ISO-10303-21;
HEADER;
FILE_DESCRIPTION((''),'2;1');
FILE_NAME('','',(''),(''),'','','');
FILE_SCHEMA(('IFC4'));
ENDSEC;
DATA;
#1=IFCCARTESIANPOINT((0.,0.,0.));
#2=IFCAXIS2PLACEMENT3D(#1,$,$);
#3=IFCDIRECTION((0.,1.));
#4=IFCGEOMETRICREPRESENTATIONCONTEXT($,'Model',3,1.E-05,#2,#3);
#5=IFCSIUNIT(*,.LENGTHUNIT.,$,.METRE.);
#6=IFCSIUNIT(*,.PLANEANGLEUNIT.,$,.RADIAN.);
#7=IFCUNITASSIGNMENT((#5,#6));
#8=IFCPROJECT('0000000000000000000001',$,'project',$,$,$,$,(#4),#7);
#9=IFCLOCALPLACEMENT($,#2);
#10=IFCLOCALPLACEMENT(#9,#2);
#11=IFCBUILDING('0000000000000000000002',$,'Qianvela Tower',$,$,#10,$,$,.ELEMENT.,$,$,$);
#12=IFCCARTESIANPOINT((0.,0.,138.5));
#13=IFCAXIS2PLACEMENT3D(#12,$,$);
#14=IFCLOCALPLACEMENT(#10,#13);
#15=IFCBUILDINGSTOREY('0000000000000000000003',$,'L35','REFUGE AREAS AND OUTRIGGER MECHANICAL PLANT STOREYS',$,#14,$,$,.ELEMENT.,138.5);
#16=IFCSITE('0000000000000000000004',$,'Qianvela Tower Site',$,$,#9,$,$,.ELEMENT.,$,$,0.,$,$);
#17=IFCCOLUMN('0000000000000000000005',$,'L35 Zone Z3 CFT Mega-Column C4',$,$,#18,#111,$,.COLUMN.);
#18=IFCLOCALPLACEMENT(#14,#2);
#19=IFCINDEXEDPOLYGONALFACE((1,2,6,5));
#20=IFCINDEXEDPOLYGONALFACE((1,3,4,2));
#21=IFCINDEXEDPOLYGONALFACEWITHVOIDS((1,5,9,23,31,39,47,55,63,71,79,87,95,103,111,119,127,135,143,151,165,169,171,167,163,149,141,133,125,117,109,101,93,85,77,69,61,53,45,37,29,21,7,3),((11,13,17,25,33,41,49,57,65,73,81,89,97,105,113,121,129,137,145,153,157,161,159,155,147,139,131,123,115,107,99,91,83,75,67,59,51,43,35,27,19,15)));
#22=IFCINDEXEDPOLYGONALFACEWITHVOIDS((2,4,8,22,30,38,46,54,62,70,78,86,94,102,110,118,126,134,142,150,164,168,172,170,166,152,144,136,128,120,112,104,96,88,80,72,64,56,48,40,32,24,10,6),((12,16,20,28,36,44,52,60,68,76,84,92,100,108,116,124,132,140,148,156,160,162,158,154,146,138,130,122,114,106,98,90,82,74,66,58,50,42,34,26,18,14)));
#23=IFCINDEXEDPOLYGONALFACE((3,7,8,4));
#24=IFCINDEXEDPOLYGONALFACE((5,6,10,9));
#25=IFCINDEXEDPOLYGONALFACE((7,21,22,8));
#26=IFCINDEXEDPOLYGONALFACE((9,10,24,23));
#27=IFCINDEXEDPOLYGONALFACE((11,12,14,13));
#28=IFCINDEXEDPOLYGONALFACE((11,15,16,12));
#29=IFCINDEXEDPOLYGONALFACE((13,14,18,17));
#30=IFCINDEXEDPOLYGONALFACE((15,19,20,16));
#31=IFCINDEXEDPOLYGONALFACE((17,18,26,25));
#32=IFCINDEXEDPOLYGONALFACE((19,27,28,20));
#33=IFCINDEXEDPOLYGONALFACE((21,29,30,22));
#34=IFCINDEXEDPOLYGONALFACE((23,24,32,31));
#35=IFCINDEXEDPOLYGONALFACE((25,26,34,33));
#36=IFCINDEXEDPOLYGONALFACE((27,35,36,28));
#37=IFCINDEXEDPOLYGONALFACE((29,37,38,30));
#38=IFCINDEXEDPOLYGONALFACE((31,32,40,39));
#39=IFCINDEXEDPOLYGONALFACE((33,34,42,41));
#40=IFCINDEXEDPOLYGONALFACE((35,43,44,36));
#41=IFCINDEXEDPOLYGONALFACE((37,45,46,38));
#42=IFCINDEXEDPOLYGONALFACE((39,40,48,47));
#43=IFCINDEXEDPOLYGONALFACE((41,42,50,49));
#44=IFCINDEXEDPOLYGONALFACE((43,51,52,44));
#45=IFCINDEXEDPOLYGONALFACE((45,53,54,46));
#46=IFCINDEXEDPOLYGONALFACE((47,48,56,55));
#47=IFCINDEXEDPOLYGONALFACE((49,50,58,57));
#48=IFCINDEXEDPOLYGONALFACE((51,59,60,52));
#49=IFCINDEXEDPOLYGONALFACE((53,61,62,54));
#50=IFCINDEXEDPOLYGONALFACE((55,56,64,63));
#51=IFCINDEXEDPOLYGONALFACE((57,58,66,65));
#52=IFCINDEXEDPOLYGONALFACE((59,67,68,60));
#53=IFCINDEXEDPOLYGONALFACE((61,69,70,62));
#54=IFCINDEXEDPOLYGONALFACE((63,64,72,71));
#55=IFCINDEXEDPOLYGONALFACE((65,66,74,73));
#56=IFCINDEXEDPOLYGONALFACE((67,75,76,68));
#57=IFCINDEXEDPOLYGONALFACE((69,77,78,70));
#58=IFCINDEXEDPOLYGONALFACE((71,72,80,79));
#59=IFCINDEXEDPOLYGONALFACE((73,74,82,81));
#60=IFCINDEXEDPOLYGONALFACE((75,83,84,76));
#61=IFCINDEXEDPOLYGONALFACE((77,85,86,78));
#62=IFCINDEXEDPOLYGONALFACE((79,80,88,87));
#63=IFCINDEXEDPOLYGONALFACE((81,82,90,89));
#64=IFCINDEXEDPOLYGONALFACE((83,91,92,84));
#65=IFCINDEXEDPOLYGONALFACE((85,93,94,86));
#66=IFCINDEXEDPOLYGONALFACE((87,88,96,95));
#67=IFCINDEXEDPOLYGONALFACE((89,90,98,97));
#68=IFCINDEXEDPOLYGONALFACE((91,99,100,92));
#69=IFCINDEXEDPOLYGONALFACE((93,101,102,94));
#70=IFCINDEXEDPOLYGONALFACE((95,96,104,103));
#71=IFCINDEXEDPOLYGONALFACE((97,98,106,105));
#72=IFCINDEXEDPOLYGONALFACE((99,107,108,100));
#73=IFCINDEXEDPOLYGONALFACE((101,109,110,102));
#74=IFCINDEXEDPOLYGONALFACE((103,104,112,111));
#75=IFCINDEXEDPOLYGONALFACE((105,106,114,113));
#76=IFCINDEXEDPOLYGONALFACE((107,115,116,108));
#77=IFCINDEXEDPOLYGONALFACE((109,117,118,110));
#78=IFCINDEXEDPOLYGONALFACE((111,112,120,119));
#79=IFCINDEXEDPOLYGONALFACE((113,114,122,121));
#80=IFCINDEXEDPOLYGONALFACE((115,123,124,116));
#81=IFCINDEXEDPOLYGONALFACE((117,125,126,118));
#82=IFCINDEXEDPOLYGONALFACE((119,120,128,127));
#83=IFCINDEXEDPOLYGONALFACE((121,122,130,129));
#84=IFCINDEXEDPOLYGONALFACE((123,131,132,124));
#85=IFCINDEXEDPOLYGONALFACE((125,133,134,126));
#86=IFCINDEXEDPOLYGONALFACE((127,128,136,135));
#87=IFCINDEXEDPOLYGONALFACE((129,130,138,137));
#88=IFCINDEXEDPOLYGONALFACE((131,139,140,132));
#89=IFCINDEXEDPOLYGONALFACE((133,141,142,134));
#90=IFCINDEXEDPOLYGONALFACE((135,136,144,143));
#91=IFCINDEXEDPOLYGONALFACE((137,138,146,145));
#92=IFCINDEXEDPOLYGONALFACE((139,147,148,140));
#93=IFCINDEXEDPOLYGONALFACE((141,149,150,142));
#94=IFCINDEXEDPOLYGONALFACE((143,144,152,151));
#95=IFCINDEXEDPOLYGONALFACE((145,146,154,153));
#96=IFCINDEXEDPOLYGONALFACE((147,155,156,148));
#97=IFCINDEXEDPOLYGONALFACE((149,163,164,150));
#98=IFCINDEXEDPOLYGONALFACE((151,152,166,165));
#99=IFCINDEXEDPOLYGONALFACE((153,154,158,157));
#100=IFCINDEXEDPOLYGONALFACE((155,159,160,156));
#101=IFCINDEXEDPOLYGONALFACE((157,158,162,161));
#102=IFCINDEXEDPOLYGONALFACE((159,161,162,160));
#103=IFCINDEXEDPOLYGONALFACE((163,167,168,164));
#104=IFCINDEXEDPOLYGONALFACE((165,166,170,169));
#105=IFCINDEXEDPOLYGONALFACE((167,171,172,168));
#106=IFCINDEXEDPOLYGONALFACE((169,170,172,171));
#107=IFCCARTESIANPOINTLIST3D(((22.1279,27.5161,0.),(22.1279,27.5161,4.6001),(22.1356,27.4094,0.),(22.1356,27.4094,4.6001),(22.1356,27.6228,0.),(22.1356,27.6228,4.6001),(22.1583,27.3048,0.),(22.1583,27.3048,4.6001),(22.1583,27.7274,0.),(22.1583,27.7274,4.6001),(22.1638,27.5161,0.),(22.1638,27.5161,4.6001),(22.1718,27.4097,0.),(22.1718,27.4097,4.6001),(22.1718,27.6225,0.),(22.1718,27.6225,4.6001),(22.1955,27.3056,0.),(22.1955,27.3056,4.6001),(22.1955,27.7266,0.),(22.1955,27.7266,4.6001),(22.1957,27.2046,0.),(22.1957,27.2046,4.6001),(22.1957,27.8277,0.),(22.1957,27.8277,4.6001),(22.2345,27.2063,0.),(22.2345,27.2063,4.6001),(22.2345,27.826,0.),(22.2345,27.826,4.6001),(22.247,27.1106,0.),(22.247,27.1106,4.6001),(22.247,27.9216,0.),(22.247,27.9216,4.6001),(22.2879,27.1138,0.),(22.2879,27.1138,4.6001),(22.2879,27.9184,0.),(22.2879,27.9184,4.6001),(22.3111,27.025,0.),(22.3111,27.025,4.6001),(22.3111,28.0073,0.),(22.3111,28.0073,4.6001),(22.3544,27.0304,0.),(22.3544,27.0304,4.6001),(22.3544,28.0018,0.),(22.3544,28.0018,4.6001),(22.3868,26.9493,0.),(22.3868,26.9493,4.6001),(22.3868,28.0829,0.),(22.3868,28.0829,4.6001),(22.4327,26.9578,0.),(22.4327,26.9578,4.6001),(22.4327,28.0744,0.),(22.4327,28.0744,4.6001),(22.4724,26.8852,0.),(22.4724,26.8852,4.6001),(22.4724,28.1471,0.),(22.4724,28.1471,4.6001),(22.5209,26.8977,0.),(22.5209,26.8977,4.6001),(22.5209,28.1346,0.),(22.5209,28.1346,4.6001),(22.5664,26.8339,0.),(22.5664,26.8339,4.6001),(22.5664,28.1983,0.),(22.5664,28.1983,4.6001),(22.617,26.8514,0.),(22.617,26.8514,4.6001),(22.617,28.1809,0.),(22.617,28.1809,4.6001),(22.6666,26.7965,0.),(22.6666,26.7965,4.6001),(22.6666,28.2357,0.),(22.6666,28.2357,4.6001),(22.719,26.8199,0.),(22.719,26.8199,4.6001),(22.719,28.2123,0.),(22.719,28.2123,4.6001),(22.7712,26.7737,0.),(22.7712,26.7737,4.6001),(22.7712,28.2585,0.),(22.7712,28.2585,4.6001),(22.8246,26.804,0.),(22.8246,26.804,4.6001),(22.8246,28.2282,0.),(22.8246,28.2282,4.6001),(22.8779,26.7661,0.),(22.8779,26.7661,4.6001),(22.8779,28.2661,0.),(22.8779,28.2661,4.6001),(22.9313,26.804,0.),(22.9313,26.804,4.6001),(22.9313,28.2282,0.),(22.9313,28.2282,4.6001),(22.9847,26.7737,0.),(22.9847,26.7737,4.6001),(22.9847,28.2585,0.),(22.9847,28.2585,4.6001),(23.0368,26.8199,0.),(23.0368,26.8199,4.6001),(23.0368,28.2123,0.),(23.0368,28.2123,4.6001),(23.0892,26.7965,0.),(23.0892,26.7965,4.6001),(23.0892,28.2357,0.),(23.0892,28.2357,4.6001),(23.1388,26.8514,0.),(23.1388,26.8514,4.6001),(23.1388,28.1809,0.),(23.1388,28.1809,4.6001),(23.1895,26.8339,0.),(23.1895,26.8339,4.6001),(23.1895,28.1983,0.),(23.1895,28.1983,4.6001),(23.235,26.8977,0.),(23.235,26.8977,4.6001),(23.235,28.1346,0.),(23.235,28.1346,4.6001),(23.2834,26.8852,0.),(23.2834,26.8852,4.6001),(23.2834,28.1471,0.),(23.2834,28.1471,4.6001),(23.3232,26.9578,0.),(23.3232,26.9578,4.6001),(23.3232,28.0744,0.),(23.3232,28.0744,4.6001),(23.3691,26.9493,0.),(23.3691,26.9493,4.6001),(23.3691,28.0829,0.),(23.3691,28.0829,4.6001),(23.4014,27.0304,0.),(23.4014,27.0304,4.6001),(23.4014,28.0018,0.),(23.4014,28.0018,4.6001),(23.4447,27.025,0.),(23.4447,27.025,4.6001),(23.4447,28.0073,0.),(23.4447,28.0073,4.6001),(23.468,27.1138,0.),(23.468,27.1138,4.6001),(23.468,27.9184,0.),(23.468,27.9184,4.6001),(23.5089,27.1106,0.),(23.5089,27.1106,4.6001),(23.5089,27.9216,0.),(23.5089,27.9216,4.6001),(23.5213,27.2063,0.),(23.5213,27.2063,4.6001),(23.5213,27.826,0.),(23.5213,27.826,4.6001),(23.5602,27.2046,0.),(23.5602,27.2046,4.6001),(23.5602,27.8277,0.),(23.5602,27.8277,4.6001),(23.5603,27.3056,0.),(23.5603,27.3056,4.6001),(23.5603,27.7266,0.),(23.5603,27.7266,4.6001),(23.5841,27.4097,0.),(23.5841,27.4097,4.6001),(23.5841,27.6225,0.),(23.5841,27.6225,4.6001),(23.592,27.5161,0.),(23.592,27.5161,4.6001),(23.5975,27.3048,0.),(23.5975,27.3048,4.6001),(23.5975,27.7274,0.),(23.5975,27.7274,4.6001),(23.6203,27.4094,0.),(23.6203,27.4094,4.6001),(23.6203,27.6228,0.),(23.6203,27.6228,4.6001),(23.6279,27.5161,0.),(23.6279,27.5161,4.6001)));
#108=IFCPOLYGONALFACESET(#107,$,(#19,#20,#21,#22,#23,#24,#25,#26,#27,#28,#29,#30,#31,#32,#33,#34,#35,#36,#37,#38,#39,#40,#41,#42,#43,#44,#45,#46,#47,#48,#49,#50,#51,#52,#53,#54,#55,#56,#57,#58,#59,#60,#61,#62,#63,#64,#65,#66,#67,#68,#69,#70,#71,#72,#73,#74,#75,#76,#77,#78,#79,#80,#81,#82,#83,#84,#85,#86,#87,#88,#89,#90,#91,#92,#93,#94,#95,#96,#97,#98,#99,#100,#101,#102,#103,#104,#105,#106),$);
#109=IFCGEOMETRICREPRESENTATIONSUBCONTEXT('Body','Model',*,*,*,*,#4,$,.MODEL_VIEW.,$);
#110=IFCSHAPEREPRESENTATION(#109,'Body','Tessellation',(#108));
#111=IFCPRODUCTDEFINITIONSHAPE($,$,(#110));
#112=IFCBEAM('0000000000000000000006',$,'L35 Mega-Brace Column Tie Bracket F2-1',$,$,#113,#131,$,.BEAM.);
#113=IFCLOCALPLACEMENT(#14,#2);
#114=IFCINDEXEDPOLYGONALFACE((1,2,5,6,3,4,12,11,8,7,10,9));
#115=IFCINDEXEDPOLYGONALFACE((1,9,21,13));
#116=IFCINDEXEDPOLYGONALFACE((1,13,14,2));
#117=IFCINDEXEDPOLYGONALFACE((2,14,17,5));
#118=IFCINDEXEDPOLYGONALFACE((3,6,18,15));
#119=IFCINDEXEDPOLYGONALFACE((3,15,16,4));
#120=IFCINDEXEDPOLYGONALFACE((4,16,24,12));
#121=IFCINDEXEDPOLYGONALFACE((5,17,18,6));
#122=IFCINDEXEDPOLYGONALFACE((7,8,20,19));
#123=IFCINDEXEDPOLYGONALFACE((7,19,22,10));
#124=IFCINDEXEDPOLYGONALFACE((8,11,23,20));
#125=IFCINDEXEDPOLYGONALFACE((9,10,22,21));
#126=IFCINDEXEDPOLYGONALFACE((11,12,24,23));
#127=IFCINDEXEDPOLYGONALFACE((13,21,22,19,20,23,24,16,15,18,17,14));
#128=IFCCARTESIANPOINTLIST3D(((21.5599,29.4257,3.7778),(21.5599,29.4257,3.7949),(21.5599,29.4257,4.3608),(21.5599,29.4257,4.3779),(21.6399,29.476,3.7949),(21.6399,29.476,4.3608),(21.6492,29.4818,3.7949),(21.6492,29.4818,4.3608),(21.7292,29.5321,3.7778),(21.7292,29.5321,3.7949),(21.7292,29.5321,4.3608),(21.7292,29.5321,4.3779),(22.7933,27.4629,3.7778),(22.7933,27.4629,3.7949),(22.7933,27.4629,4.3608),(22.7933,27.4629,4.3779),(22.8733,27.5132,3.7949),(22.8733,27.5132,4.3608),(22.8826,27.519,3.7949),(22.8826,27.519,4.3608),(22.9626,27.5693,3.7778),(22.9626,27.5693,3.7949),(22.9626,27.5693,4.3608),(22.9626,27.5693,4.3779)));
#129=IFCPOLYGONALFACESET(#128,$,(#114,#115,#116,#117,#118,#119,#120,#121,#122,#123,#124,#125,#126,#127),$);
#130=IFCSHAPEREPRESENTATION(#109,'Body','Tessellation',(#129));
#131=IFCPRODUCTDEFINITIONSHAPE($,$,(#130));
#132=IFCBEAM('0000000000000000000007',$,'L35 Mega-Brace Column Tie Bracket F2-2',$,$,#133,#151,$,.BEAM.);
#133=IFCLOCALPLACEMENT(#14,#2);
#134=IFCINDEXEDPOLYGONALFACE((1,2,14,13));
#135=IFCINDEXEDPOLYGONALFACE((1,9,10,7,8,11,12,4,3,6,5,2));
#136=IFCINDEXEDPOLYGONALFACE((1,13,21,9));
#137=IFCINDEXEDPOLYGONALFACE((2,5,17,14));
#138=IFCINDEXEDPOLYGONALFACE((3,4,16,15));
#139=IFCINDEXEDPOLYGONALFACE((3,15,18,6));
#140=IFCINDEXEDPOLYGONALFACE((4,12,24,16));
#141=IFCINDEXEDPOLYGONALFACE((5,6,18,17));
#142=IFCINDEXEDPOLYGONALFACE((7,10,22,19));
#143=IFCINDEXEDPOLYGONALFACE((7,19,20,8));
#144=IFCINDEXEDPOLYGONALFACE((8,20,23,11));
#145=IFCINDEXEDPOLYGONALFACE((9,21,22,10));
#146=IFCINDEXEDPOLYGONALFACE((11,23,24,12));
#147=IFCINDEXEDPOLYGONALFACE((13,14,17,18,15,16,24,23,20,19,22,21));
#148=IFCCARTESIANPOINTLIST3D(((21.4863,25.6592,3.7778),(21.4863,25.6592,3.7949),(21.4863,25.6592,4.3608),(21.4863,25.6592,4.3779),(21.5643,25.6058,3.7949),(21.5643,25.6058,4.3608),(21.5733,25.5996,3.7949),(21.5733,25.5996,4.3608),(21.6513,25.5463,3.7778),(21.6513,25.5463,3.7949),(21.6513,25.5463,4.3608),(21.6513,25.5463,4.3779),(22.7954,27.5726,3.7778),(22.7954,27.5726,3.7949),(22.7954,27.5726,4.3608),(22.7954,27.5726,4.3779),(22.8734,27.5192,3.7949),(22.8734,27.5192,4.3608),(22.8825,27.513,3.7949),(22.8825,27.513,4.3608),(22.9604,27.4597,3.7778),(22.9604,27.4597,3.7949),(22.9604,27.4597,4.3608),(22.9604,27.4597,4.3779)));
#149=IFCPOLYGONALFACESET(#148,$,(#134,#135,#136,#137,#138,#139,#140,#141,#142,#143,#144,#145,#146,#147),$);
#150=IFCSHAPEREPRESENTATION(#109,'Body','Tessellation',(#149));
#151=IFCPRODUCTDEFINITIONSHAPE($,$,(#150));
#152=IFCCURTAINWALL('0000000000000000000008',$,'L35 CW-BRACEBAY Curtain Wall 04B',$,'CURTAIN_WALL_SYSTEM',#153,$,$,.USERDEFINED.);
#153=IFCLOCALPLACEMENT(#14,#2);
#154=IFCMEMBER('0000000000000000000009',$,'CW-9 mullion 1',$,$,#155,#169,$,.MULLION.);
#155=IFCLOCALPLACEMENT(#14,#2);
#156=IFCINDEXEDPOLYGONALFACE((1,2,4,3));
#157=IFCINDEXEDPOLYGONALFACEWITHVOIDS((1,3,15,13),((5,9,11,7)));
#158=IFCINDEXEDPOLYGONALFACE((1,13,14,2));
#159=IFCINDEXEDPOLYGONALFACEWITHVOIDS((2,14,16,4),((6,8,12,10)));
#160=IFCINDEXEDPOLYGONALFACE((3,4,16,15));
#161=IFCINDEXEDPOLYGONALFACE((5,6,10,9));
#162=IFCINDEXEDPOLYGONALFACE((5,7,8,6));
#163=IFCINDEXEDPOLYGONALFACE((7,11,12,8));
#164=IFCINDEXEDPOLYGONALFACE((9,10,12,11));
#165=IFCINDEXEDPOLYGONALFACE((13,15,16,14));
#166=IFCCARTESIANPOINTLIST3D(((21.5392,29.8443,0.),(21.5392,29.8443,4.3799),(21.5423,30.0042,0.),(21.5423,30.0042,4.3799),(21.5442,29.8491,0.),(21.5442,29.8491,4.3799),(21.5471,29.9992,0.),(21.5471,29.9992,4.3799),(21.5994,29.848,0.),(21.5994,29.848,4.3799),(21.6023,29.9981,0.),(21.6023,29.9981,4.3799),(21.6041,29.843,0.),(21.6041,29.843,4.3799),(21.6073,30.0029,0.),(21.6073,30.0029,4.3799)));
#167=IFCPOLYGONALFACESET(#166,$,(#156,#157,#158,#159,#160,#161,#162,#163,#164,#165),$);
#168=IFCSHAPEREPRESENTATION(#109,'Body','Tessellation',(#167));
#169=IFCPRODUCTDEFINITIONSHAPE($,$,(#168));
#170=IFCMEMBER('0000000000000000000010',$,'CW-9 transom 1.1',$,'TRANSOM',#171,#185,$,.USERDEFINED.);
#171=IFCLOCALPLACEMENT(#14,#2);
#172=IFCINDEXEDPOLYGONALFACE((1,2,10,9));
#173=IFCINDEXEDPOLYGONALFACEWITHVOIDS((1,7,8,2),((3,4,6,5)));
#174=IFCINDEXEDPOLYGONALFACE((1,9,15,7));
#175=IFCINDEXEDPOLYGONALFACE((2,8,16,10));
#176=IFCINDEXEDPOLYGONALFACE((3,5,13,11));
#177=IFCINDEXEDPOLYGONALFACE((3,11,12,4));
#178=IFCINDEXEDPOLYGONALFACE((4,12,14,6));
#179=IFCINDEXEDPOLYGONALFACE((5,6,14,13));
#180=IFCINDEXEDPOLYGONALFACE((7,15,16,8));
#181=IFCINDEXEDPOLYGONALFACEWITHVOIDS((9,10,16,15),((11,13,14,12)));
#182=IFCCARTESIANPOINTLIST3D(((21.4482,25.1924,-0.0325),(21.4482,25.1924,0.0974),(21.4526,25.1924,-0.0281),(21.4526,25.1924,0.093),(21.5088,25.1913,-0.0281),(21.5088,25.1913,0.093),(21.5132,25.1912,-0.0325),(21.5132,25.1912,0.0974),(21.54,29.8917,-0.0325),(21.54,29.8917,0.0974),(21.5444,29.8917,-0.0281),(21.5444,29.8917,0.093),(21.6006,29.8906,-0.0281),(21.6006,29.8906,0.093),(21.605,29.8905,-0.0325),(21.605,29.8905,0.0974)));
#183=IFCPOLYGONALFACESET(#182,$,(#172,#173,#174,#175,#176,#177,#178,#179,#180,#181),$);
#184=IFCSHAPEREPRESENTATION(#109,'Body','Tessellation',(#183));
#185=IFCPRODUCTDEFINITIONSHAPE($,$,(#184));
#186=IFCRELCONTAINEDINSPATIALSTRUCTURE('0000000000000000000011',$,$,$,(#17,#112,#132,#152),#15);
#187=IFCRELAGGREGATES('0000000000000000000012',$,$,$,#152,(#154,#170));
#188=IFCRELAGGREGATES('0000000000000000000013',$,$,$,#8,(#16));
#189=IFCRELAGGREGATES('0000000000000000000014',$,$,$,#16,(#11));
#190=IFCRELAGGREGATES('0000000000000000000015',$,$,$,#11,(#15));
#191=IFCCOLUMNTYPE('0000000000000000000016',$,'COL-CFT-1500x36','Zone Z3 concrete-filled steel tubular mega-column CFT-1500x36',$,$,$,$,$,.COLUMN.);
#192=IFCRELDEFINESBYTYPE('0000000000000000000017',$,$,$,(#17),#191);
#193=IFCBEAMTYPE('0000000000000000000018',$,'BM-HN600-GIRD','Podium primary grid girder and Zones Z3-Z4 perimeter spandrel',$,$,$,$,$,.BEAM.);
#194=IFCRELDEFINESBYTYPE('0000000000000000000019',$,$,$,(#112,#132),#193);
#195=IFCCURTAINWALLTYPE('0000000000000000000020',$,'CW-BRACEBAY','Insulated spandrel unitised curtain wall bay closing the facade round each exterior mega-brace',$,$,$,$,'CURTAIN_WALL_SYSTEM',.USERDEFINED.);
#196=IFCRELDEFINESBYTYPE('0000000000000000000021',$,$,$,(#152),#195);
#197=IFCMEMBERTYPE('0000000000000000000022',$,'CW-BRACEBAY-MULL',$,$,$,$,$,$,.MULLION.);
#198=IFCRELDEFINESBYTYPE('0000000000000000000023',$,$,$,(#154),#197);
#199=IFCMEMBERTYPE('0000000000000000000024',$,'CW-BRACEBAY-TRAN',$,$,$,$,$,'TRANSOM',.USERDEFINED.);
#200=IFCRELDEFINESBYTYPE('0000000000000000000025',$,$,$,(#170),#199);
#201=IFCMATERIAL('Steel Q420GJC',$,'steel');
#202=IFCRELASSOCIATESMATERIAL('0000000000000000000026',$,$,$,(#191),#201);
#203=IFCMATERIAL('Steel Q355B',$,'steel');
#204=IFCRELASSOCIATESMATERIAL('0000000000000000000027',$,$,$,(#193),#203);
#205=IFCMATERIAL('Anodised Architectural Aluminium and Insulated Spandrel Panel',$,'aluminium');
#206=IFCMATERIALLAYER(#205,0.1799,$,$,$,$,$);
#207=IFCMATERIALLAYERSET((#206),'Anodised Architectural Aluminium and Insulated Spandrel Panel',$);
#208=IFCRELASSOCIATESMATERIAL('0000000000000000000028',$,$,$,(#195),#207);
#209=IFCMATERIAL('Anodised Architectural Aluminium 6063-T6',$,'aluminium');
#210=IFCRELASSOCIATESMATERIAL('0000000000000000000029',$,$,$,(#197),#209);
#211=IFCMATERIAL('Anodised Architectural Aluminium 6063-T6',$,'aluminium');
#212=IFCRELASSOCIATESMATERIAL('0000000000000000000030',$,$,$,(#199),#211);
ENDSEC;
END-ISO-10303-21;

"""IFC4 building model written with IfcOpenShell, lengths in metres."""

from ifc_helpers import new_model, si_unit, direction, frame, origin, origin_2d, place, context, subcontext, project, spatial, hollow_rectangle, hollow_circle, i_section, extrude, material, layer, layer_set, material_profile, profile_set, type_object, element, aggregate, save


model = new_model("IFC4")

# Units and contexts
model_context = context("Model", 3, precision=1e-05, world=origin(), true_north=direction((0.0, 1.0)))
body_context = subcontext(model_context, "Body", "Model", "MODEL_VIEW")
ifc_project = project(units=[si_unit("LENGTHUNIT", "METRE"), si_unit("PLANEANGLEUNIT", "RADIAN")], contexts=[model_context])

# Site, building, storey
site_placement = place(None, origin())
site = spatial("IfcSite", under=ifc_project, at=site_placement, Name="Qianvela Tower Site", CompositionType="ELEMENT", RefElevation=0.0)
building_placement = place(site_placement, origin())
building = spatial("IfcBuilding", under=site, at=building_placement, Name="Qianvela Tower", CompositionType="ELEMENT")
storey_placement = place(building_placement, frame((0.0, 0.0, 138.5)))
storey = spatial("IfcBuildingStorey", under=building, at=storey_placement, Name="L35", Description="REFUGE AREAS AND OUTRIGGER MECHANICAL PLANT STOREYS", CompositionType="ELEMENT", Elevation=138.5)

# Column
ifc_material_1 = material(Name="Steel Q420GJC", Category="steel")
ifc_material_profile_1 = material_profile(ifc_material_1, hollow_circle(Radius=0.75, WallThickness=0.0359, at=origin_2d()), Name="CFT-1500x36")
ifc_profile_set_1 = profile_set([ifc_material_profile_1], Name="Steel Q420GJC")
column_type = type_object("IfcColumnType", Name="COL-CFT-1500x36", Description="Zone Z3 concrete-filled steel tubular mega-column CFT-1500x36", PredefinedType="COLUMN", material=ifc_profile_set_1)
column_placement = place(storey_placement, frame((22.8779, 27.5161, 0.0), z_axis=(0.0, 0.0, 1.0), x_axis=(1.0, 0.0, 0.0)))
element("IfcColumn", 1, at=column_placement, inside=storey, type_object=column_type, Name="L35 Zone Z3 CFT Mega-Column C4", PredefinedType="COLUMN", context=body_context, shape_type="SweptSolid", body=[
    extrude(hollow_circle(Radius=0.75, WallThickness=0.0359, at=origin_2d()), origin(), (0.0, 0.0, 1.0), 4.6001),
])

# Beams
ifc_material_2 = material(Name="Steel Q355B", Category="steel")
ifc_material_profile_2 = material_profile(ifc_material_2, i_section(OverallWidth=0.2, OverallDepth=0.6001, WebThickness=0.011, FlangeThickness=0.0171, at=origin_2d()), Name="HN600x200x11x17")
ifc_profile_set_2 = profile_set([ifc_material_profile_2], Name="Steel Q355B")
beam_type = type_object("IfcBeamType", Name="BM-HN600-GIRD", Description="Podium primary grid girder and Zones Z3-Z4 perimeter spandrel", PredefinedType="BEAM", material=ifc_profile_set_2)
beam_1_placement = place(storey_placement, frame((22.8779, 27.5161, 4.0779), z_axis=(-0.532042, 0.846718, 0.0), x_axis=(-0.846718, -0.532042, 0.0)))
element("IfcBeam", 2, at=beam_1_placement, inside=storey, type_object=beam_type, Name="L35 Mega-Brace Column Tie Bracket F2-1", PredefinedType="BEAM", context=body_context, shape_type="SweptSolid", body=[
    extrude(i_section(OverallWidth=0.2, OverallDepth=0.6001, WebThickness=0.011, FlangeThickness=0.0171, at=origin_2d()), origin(), (0.0, 0.0, 1.0), 2.3181),
])
beam_2_placement = place(storey_placement, frame((22.8779, 27.5161, 4.0779), z_axis=(-0.564673, -0.825315, 0.0), x_axis=(0.825315, -0.564673, 0.0)))
element("IfcBeam", 3, at=beam_2_placement, inside=storey, type_object=beam_type, Name="L35 Mega-Brace Column Tie Bracket F2-2", PredefinedType="BEAM", context=body_context, shape_type="SweptSolid", body=[
    extrude(i_section(OverallWidth=0.2, OverallDepth=0.6001, WebThickness=0.011, FlangeThickness=0.0171, at=origin_2d()), origin(), (0.0, 0.0, 1.0), 2.3184),
])

# Curtain wall, members
ifc_material_3 = material(Name="Anodised Architectural Aluminium and Insulated Spandrel Panel", Category="aluminium")
ifc_layer_1 = layer(ifc_material_3, 0.1799)
ifc_layer_set_1 = layer_set([ifc_layer_1], Name="Anodised Architectural Aluminium and Insulated Spandrel Panel")
curtain_wall_type_1 = type_object("IfcCurtainWallType", Name="CW-BRACEBAY", Description="Insulated spandrel unitised curtain wall bay closing the facade round each exterior mega-brace", ElementType="CURTAIN_WALL_SYSTEM", PredefinedType="USERDEFINED", material=ifc_layer_set_1)
curtain_wall_1_placement = place(storey_placement, origin())
curtain_wall_1 = element("IfcCurtainWall", 4, at=curtain_wall_1_placement, inside=storey, type_object=curtain_wall_type_1, Name="L35 CW-BRACEBAY Curtain Wall 04B", ObjectType="CURTAIN_WALL_SYSTEM", PredefinedType="USERDEFINED")
ifc_material_4 = material(Name="Anodised Architectural Aluminium 6063-T6", Category="aluminium")
ifc_material_profile_3 = material_profile(ifc_material_4, hollow_rectangle(XDim=0.0649, YDim=0.1599, WallThickness=0.0049, at=origin_2d()), Name="ALU-MULL-65x160")
ifc_profile_set_3 = profile_set([ifc_material_profile_3], Name="Anodised Architectural Aluminium 6063-T6")
member_type_1 = type_object("IfcMemberType", Name="CW-BRACEBAY-MULL", PredefinedType="MULLION", material=ifc_profile_set_3)
member_1_placement = place(storey_placement, frame((21.5732, 29.9236, 0.0), z_axis=(0.0, 0.0, 1.0), x_axis=(0.999809, -0.019544, 0.0)))
member_1 = element("IfcMember", 5, at=member_1_placement, type_object=member_type_1, Name="CW-9 mullion 1", PredefinedType="MULLION", context=body_context, shape_type="SweptSolid", body=[
    extrude(hollow_rectangle(XDim=0.0649, YDim=0.1599, WallThickness=0.0049, at=origin_2d()), origin(), (0.0, 0.0, 1.0), 4.3799),
])
ifc_material_5 = material(Name="Anodised Architectural Aluminium 6063-T6", Category="aluminium")
ifc_material_profile_4 = material_profile(ifc_material_5, hollow_rectangle(XDim=0.0649, YDim=0.1299, WallThickness=0.0044, at=origin_2d()), Name="ALU-TRAN-65x130")
ifc_profile_set_4 = profile_set([ifc_material_profile_4], Name="Anodised Architectural Aluminium 6063-T6")
member_type_2 = type_object("IfcMemberType", Name="CW-BRACEBAY-TRAN", ElementType="TRANSOM", PredefinedType="USERDEFINED", material=ifc_profile_set_4)
member_2_placement = place(storey_placement, frame((21.5725, 29.8911, 0.0325), z_axis=(-0.019531, -0.999809, 0.0), x_axis=(0.999809, -0.019531, 0.0)))
member_2 = element("IfcMember", 6, at=member_2_placement, type_object=member_type_2, Name="CW-9 transom 1.1", ObjectType="TRANSOM", PredefinedType="USERDEFINED", context=body_context, shape_type="SweptSolid", body=[
    extrude(hollow_rectangle(XDim=0.0649, YDim=0.1299, WallThickness=0.0044, at=origin_2d()), origin(), (0.0, 0.0, 1.0), 4.7002),
])

aggregate(curtain_wall_1, [member_1, member_2])

save(model, "model.ifc")
